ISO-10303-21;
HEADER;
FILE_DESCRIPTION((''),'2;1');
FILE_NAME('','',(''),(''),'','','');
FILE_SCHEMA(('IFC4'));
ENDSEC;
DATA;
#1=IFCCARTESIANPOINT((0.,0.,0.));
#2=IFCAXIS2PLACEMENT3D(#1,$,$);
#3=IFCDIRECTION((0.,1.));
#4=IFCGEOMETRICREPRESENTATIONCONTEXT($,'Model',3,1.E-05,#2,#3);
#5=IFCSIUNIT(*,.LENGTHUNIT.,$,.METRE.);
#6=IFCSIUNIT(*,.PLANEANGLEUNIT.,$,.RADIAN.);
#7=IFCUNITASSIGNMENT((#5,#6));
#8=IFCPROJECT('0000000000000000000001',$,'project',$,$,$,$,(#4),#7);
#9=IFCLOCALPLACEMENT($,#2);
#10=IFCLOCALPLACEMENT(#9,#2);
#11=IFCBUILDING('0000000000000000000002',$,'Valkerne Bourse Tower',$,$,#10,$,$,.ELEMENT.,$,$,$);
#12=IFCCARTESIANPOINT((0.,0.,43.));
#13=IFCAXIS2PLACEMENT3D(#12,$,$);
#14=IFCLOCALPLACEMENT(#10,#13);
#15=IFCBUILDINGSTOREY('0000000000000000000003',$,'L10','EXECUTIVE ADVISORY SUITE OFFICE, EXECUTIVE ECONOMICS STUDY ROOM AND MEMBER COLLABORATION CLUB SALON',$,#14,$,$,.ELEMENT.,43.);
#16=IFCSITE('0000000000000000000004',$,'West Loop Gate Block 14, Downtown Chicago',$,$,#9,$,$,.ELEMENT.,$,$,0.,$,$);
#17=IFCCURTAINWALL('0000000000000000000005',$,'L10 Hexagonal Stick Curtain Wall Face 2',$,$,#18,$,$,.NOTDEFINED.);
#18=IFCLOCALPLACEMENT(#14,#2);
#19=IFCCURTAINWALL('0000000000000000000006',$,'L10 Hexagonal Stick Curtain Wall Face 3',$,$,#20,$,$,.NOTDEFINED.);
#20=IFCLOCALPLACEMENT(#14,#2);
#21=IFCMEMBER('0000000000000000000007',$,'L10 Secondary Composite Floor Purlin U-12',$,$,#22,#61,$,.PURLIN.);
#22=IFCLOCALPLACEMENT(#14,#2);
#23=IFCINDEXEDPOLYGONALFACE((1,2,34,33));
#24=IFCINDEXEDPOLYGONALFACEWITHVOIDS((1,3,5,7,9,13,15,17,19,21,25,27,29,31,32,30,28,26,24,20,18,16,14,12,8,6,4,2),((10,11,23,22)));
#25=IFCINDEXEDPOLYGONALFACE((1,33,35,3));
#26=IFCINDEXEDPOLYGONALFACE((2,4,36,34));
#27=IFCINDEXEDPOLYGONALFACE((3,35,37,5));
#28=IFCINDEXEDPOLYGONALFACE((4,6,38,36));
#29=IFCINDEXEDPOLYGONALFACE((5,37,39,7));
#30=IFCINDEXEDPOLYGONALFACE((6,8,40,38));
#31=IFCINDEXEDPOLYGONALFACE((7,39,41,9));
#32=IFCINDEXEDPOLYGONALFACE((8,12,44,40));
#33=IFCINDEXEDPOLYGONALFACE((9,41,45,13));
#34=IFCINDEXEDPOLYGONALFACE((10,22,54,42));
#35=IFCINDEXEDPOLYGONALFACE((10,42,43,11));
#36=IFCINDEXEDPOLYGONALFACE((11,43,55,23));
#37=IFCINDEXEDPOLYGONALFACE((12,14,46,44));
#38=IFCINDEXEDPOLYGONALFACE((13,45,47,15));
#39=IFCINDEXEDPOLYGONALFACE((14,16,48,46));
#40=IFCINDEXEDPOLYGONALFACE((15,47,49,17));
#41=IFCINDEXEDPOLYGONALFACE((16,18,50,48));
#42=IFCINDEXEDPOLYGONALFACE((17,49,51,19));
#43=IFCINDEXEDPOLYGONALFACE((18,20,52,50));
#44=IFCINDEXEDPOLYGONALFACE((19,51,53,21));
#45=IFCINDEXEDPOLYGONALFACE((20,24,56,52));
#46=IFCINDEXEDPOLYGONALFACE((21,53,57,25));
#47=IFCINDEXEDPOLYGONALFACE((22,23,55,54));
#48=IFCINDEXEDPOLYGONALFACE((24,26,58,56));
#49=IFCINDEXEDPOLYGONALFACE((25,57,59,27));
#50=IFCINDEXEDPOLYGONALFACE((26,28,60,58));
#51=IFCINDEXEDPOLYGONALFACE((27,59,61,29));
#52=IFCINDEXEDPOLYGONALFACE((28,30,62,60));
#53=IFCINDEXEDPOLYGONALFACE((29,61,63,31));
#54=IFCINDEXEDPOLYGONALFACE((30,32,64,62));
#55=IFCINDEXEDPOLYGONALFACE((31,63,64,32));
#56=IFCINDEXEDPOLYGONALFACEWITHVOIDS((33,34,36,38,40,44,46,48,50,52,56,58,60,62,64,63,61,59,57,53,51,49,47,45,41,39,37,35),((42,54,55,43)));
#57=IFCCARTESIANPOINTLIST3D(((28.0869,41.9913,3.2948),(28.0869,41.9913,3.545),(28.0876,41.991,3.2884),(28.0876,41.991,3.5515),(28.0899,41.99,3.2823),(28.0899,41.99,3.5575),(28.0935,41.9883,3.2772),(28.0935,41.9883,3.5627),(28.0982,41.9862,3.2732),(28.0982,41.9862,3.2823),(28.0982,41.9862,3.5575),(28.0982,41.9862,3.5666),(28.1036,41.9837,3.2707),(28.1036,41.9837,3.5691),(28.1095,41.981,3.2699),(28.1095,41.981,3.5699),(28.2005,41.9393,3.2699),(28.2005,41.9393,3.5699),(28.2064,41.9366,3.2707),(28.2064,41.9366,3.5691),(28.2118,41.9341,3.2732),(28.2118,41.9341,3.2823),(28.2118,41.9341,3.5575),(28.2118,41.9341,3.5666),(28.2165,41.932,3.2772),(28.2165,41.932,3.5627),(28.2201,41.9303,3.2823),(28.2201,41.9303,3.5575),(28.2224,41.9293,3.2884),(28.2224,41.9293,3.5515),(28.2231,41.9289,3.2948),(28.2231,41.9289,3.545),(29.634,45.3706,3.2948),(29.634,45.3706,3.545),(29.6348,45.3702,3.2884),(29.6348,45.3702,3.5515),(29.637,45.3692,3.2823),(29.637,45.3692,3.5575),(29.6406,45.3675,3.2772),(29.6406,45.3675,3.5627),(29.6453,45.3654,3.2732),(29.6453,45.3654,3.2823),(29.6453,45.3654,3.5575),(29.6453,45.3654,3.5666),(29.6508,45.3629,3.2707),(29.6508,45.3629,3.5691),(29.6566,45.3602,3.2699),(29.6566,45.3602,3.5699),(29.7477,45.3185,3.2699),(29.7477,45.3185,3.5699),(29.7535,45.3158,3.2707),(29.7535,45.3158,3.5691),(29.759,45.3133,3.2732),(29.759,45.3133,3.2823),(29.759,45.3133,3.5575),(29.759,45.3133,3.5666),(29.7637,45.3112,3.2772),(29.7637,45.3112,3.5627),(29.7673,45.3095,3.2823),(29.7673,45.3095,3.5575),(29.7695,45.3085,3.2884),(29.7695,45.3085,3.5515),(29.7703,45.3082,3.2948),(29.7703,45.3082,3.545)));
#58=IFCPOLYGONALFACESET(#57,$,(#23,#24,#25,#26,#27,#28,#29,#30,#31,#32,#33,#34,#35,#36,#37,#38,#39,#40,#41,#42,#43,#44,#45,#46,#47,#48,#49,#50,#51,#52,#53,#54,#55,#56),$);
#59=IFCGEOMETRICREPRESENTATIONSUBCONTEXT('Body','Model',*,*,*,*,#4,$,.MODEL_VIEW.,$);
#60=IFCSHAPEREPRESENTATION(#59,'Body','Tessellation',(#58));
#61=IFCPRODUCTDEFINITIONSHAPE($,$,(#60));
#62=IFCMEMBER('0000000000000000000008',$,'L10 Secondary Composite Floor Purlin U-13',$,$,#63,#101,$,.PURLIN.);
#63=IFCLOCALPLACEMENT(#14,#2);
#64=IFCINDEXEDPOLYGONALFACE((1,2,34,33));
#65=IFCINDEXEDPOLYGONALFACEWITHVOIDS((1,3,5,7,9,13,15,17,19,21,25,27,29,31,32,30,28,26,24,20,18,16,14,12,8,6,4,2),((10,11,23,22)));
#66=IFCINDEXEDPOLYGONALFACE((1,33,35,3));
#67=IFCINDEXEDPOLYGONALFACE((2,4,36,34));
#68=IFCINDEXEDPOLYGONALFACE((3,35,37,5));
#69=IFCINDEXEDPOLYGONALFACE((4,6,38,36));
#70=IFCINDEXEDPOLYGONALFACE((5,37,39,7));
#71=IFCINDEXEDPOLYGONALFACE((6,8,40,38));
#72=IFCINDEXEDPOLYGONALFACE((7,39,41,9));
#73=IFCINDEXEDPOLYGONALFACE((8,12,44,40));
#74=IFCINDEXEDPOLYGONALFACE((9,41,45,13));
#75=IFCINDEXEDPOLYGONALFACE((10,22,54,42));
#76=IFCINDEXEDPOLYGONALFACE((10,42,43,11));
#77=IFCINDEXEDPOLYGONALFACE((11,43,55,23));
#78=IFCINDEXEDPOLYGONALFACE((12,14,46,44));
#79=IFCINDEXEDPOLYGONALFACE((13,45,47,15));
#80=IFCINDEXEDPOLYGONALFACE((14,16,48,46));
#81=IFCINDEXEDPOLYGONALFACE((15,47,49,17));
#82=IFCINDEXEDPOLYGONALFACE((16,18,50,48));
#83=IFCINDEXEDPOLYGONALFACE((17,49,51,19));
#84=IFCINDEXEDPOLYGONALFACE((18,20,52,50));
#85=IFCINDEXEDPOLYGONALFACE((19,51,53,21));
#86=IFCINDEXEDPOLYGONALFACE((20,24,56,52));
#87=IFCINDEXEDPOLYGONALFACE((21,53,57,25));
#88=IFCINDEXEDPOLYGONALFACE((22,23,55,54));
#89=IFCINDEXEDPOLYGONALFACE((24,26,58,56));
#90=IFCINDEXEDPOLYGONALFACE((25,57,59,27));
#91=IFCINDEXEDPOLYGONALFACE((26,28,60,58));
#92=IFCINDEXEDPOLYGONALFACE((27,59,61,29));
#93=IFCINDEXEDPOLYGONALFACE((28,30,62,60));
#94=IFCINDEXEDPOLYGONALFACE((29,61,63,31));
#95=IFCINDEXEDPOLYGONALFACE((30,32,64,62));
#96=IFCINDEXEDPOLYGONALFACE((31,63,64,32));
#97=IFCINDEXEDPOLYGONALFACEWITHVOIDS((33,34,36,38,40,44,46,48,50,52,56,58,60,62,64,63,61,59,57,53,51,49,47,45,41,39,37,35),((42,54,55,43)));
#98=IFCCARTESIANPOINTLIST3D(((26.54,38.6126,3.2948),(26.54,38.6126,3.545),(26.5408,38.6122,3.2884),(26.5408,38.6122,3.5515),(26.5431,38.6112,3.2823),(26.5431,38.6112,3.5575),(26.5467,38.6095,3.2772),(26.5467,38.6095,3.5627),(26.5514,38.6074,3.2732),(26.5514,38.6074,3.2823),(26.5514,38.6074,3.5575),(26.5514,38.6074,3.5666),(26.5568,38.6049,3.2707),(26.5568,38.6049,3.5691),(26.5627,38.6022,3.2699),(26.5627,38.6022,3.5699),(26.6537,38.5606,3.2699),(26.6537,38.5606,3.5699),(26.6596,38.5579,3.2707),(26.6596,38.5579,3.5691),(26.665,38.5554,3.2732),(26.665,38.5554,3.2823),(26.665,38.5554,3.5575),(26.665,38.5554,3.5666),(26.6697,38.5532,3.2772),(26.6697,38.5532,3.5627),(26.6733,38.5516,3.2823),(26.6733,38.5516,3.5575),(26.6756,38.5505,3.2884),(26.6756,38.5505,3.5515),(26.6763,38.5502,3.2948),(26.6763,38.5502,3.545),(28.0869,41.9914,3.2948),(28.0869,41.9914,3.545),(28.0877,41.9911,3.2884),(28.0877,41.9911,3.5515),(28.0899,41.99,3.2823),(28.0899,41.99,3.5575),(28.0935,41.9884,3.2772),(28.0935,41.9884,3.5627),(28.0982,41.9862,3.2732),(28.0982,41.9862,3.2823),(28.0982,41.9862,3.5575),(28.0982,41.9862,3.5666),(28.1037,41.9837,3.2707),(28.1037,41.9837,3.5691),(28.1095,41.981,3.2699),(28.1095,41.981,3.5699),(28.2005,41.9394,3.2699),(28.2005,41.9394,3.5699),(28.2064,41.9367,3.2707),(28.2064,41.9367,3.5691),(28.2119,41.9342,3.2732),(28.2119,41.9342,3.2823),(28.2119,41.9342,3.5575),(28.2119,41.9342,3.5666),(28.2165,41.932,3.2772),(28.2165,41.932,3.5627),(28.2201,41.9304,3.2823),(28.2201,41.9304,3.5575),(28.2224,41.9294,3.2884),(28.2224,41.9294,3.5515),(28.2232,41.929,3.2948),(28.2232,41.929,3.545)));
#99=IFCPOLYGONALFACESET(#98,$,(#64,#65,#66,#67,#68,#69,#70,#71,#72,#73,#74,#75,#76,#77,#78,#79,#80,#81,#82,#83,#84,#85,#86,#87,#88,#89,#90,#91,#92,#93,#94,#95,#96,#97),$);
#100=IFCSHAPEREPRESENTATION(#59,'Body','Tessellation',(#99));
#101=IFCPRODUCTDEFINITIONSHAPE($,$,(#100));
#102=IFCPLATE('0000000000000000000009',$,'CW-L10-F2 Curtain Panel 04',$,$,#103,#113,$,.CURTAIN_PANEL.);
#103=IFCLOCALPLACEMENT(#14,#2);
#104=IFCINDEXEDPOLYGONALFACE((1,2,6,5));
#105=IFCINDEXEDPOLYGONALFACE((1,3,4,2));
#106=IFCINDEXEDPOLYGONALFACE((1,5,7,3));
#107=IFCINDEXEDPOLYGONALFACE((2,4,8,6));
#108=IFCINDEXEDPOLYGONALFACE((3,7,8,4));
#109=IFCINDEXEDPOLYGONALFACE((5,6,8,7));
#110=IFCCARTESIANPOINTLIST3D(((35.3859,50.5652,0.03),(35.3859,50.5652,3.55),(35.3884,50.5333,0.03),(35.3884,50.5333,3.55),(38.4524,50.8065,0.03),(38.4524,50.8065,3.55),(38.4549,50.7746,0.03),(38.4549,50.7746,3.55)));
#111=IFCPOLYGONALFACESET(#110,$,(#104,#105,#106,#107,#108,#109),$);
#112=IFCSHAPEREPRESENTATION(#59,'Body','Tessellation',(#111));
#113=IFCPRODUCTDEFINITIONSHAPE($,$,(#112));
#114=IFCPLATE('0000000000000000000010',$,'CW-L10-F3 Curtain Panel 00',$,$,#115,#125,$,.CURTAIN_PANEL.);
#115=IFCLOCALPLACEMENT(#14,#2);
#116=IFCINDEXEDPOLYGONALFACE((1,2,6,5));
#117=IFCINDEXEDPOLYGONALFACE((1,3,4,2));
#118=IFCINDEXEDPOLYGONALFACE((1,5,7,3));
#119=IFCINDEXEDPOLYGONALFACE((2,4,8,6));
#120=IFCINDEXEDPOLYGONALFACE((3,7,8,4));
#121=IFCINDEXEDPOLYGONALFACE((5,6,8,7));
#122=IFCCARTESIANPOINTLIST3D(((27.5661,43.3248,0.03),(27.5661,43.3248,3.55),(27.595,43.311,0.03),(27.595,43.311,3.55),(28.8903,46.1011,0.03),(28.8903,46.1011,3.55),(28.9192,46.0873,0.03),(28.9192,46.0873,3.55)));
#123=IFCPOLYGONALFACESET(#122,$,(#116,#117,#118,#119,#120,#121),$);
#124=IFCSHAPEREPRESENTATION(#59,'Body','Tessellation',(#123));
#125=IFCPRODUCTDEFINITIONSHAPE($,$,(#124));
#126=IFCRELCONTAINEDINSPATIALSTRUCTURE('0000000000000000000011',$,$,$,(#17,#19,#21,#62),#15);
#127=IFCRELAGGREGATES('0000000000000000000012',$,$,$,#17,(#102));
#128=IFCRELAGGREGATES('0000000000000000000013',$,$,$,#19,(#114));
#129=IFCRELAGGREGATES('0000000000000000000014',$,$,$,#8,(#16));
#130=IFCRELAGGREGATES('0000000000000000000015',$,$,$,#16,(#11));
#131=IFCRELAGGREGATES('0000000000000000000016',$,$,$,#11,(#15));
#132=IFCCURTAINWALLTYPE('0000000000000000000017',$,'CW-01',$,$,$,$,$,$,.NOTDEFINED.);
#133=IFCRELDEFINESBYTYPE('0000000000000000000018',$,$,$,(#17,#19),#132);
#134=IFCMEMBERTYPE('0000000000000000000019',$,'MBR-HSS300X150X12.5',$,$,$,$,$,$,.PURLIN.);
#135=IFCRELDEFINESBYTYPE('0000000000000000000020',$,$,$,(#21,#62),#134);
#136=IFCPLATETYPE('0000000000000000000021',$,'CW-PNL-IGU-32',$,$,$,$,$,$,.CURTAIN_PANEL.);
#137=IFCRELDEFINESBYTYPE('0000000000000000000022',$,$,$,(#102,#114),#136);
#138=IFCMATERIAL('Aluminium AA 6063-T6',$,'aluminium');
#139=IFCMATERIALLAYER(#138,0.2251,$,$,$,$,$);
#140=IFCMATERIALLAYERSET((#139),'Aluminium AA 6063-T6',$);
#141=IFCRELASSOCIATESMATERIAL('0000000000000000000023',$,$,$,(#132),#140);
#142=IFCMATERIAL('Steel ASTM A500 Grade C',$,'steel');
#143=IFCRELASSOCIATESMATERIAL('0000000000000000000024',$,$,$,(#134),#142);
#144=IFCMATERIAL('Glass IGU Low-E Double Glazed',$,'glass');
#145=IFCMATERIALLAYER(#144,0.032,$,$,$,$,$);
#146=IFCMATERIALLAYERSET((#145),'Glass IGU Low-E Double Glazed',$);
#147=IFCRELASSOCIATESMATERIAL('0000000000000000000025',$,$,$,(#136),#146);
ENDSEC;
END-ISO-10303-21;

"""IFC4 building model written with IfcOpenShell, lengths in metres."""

from ifc_helpers import new_model, si_unit, direction, frame, origin, origin_2d, place, context, subcontext, project, spatial, rectangle, hollow_rectangle, extrude, material, layer, layer_set, material_profile, profile_set, type_object, element, aggregate, save


model = new_model("IFC4")

# Units and contexts
model_context = context("Model", 3, precision=1e-05, world=origin(), true_north=direction((0.0, 1.0)))
body_context = subcontext(model_context, "Body", "Model", "MODEL_VIEW")
ifc_project = project(units=[si_unit("LENGTHUNIT", "METRE"), si_unit("PLANEANGLEUNIT", "RADIAN")], contexts=[model_context])

# Site, building, storey
site_placement = place(None, origin())
site = spatial("IfcSite", under=ifc_project, at=site_placement, Name="West Loop Gate Block 14, Downtown Chicago", CompositionType="ELEMENT", RefElevation=0.0)
building_placement = place(site_placement, origin())
building = spatial("IfcBuilding", under=site, at=building_placement, Name="Valkerne Bourse Tower", CompositionType="ELEMENT")
storey_placement = place(building_placement, frame((0.0, 0.0, 43.0)))
storey = spatial("IfcBuildingStorey", under=building, at=storey_placement, Name="L10", Description="EXECUTIVE ADVISORY SUITE OFFICE, EXECUTIVE ECONOMICS STUDY ROOM AND MEMBER COLLABORATION CLUB SALON", CompositionType="ELEMENT", Elevation=43.0)

# Curtain wall
ifc_material_1 = material(Name="Aluminium AA 6063-T6", Category="aluminium")
ifc_layer_1 = layer(ifc_material_1, 0.2251)
ifc_layer_set_1 = layer_set([ifc_layer_1], Name="Aluminium AA 6063-T6")
curtain_wall_type = type_object("IfcCurtainWallType", Name="CW-01", PredefinedType="NOTDEFINED", material=ifc_layer_set_1)
curtain_wall_1_placement = place(storey_placement, origin())
curtain_wall_1 = element("IfcCurtainWall", 1, at=curtain_wall_1_placement, inside=storey, type_object=curtain_wall_type, Name="L10 Hexagonal Stick Curtain Wall Face 2", PredefinedType="NOTDEFINED")

# Curtain wall
curtain_wall_2_placement = place(storey_placement, origin())
curtain_wall_2 = element("IfcCurtainWall", 2, at=curtain_wall_2_placement, inside=storey, type_object=curtain_wall_type, Name="L10 Hexagonal Stick Curtain Wall Face 3", PredefinedType="NOTDEFINED")

# Members
ifc_material_2 = material(Name="Steel ASTM A500 Grade C", Category="steel")
ifc_material_profile_1 = material_profile(ifc_material_2, hollow_rectangle(XDim=0.1499, YDim=0.3, WallThickness=0.0125, OuterFilletRadius=0.0249, at=origin_2d()), Name="HSS300X150X12.5")
ifc_profile_set_1 = profile_set([ifc_material_profile_1], Name="Steel ASTM A500 Grade C")
member_type_1 = type_object("IfcMemberType", Name="MBR-HSS300X150X12.5", PredefinedType="PURLIN", material=ifc_profile_set_1)
member_1_placement = place(storey_placement, frame((29.7021, 45.3394, 3.4199), z_axis=(-0.416286, -0.909234, 0.0), x_axis=(0.909234, -0.416286, 0.0)))
element("IfcMember", 3, at=member_1_placement, inside=storey, type_object=member_type_1, Name="L10 Secondary Composite Floor Purlin U-12", PredefinedType="PURLIN", context=body_context, shape_type="SweptSolid", body=[
    extrude(hollow_rectangle(XDim=0.1499, YDim=0.3, WallThickness=0.0125, OuterFilletRadius=0.0249, at=origin_2d()), origin(), (0.0, 0.0, 1.0), 3.7166),
])
member_2_placement = place(storey_placement, frame((28.155, 41.9602, 3.4199), z_axis=(-0.416257, -0.909247, 0.0), x_axis=(0.909247, -0.416257, 0.0)))
element("IfcMember", 4, at=member_2_placement, inside=storey, type_object=member_type_1, Name="L10 Secondary Composite Floor Purlin U-13", PredefinedType="PURLIN", context=body_context, shape_type="SweptSolid", body=[
    extrude(hollow_rectangle(XDim=0.1499, YDim=0.3, WallThickness=0.0125, OuterFilletRadius=0.0249, at=origin_2d()), origin(), (0.0, 0.0, 1.0), 3.7161),
])

# Plates
ifc_material_3 = material(Name="Glass IGU Low-E Double Glazed", Category="glass")
ifc_layer_2 = layer(ifc_material_3, 0.032)
ifc_layer_set_2 = layer_set([ifc_layer_2], Name="Glass IGU Low-E Double Glazed")
plate_type = type_object("IfcPlateType", Name="CW-PNL-IGU-32", PredefinedType="CURTAIN_PANEL", material=ifc_layer_set_2)
plate_1_placement = place(storey_placement, frame((36.9204, 50.6699, 0.03), z_axis=(0.0, 0.0, 1.0), x_axis=(-0.996918, -0.078455, 0.0)))
plate_1 = element("IfcPlate", 5, at=plate_1_placement, type_object=plate_type, Name="CW-L10-F2 Curtain Panel 04", PredefinedType="CURTAIN_PANEL", context=body_context, shape_type="SweptSolid", body=[
    extrude(rectangle(XDim=3.0759, YDim=0.032, at=origin_2d()), origin(), (0.0, 0.0, 1.0), 3.52),
])
aggregate(curtain_wall_1, [plate_1])
plate_2_placement = place(storey_placement, frame((28.2427, 44.7061, 0.03), z_axis=(0.0, 0.0, 1.0), x_axis=(-0.4305, -0.902591, 0.0)))
plate_2 = element("IfcPlate", 6, at=plate_2_placement, type_object=plate_type, Name="CW-L10-F3 Curtain Panel 00", PredefinedType="CURTAIN_PANEL", context=body_context, shape_type="SweptSolid", body=[
    extrude(rectangle(XDim=3.0759, YDim=0.032, at=origin_2d()), origin(), (0.0, 0.0, 1.0), 3.52),
])
aggregate(curtain_wall_2, [plate_2])

save(model, "model.ifc")
